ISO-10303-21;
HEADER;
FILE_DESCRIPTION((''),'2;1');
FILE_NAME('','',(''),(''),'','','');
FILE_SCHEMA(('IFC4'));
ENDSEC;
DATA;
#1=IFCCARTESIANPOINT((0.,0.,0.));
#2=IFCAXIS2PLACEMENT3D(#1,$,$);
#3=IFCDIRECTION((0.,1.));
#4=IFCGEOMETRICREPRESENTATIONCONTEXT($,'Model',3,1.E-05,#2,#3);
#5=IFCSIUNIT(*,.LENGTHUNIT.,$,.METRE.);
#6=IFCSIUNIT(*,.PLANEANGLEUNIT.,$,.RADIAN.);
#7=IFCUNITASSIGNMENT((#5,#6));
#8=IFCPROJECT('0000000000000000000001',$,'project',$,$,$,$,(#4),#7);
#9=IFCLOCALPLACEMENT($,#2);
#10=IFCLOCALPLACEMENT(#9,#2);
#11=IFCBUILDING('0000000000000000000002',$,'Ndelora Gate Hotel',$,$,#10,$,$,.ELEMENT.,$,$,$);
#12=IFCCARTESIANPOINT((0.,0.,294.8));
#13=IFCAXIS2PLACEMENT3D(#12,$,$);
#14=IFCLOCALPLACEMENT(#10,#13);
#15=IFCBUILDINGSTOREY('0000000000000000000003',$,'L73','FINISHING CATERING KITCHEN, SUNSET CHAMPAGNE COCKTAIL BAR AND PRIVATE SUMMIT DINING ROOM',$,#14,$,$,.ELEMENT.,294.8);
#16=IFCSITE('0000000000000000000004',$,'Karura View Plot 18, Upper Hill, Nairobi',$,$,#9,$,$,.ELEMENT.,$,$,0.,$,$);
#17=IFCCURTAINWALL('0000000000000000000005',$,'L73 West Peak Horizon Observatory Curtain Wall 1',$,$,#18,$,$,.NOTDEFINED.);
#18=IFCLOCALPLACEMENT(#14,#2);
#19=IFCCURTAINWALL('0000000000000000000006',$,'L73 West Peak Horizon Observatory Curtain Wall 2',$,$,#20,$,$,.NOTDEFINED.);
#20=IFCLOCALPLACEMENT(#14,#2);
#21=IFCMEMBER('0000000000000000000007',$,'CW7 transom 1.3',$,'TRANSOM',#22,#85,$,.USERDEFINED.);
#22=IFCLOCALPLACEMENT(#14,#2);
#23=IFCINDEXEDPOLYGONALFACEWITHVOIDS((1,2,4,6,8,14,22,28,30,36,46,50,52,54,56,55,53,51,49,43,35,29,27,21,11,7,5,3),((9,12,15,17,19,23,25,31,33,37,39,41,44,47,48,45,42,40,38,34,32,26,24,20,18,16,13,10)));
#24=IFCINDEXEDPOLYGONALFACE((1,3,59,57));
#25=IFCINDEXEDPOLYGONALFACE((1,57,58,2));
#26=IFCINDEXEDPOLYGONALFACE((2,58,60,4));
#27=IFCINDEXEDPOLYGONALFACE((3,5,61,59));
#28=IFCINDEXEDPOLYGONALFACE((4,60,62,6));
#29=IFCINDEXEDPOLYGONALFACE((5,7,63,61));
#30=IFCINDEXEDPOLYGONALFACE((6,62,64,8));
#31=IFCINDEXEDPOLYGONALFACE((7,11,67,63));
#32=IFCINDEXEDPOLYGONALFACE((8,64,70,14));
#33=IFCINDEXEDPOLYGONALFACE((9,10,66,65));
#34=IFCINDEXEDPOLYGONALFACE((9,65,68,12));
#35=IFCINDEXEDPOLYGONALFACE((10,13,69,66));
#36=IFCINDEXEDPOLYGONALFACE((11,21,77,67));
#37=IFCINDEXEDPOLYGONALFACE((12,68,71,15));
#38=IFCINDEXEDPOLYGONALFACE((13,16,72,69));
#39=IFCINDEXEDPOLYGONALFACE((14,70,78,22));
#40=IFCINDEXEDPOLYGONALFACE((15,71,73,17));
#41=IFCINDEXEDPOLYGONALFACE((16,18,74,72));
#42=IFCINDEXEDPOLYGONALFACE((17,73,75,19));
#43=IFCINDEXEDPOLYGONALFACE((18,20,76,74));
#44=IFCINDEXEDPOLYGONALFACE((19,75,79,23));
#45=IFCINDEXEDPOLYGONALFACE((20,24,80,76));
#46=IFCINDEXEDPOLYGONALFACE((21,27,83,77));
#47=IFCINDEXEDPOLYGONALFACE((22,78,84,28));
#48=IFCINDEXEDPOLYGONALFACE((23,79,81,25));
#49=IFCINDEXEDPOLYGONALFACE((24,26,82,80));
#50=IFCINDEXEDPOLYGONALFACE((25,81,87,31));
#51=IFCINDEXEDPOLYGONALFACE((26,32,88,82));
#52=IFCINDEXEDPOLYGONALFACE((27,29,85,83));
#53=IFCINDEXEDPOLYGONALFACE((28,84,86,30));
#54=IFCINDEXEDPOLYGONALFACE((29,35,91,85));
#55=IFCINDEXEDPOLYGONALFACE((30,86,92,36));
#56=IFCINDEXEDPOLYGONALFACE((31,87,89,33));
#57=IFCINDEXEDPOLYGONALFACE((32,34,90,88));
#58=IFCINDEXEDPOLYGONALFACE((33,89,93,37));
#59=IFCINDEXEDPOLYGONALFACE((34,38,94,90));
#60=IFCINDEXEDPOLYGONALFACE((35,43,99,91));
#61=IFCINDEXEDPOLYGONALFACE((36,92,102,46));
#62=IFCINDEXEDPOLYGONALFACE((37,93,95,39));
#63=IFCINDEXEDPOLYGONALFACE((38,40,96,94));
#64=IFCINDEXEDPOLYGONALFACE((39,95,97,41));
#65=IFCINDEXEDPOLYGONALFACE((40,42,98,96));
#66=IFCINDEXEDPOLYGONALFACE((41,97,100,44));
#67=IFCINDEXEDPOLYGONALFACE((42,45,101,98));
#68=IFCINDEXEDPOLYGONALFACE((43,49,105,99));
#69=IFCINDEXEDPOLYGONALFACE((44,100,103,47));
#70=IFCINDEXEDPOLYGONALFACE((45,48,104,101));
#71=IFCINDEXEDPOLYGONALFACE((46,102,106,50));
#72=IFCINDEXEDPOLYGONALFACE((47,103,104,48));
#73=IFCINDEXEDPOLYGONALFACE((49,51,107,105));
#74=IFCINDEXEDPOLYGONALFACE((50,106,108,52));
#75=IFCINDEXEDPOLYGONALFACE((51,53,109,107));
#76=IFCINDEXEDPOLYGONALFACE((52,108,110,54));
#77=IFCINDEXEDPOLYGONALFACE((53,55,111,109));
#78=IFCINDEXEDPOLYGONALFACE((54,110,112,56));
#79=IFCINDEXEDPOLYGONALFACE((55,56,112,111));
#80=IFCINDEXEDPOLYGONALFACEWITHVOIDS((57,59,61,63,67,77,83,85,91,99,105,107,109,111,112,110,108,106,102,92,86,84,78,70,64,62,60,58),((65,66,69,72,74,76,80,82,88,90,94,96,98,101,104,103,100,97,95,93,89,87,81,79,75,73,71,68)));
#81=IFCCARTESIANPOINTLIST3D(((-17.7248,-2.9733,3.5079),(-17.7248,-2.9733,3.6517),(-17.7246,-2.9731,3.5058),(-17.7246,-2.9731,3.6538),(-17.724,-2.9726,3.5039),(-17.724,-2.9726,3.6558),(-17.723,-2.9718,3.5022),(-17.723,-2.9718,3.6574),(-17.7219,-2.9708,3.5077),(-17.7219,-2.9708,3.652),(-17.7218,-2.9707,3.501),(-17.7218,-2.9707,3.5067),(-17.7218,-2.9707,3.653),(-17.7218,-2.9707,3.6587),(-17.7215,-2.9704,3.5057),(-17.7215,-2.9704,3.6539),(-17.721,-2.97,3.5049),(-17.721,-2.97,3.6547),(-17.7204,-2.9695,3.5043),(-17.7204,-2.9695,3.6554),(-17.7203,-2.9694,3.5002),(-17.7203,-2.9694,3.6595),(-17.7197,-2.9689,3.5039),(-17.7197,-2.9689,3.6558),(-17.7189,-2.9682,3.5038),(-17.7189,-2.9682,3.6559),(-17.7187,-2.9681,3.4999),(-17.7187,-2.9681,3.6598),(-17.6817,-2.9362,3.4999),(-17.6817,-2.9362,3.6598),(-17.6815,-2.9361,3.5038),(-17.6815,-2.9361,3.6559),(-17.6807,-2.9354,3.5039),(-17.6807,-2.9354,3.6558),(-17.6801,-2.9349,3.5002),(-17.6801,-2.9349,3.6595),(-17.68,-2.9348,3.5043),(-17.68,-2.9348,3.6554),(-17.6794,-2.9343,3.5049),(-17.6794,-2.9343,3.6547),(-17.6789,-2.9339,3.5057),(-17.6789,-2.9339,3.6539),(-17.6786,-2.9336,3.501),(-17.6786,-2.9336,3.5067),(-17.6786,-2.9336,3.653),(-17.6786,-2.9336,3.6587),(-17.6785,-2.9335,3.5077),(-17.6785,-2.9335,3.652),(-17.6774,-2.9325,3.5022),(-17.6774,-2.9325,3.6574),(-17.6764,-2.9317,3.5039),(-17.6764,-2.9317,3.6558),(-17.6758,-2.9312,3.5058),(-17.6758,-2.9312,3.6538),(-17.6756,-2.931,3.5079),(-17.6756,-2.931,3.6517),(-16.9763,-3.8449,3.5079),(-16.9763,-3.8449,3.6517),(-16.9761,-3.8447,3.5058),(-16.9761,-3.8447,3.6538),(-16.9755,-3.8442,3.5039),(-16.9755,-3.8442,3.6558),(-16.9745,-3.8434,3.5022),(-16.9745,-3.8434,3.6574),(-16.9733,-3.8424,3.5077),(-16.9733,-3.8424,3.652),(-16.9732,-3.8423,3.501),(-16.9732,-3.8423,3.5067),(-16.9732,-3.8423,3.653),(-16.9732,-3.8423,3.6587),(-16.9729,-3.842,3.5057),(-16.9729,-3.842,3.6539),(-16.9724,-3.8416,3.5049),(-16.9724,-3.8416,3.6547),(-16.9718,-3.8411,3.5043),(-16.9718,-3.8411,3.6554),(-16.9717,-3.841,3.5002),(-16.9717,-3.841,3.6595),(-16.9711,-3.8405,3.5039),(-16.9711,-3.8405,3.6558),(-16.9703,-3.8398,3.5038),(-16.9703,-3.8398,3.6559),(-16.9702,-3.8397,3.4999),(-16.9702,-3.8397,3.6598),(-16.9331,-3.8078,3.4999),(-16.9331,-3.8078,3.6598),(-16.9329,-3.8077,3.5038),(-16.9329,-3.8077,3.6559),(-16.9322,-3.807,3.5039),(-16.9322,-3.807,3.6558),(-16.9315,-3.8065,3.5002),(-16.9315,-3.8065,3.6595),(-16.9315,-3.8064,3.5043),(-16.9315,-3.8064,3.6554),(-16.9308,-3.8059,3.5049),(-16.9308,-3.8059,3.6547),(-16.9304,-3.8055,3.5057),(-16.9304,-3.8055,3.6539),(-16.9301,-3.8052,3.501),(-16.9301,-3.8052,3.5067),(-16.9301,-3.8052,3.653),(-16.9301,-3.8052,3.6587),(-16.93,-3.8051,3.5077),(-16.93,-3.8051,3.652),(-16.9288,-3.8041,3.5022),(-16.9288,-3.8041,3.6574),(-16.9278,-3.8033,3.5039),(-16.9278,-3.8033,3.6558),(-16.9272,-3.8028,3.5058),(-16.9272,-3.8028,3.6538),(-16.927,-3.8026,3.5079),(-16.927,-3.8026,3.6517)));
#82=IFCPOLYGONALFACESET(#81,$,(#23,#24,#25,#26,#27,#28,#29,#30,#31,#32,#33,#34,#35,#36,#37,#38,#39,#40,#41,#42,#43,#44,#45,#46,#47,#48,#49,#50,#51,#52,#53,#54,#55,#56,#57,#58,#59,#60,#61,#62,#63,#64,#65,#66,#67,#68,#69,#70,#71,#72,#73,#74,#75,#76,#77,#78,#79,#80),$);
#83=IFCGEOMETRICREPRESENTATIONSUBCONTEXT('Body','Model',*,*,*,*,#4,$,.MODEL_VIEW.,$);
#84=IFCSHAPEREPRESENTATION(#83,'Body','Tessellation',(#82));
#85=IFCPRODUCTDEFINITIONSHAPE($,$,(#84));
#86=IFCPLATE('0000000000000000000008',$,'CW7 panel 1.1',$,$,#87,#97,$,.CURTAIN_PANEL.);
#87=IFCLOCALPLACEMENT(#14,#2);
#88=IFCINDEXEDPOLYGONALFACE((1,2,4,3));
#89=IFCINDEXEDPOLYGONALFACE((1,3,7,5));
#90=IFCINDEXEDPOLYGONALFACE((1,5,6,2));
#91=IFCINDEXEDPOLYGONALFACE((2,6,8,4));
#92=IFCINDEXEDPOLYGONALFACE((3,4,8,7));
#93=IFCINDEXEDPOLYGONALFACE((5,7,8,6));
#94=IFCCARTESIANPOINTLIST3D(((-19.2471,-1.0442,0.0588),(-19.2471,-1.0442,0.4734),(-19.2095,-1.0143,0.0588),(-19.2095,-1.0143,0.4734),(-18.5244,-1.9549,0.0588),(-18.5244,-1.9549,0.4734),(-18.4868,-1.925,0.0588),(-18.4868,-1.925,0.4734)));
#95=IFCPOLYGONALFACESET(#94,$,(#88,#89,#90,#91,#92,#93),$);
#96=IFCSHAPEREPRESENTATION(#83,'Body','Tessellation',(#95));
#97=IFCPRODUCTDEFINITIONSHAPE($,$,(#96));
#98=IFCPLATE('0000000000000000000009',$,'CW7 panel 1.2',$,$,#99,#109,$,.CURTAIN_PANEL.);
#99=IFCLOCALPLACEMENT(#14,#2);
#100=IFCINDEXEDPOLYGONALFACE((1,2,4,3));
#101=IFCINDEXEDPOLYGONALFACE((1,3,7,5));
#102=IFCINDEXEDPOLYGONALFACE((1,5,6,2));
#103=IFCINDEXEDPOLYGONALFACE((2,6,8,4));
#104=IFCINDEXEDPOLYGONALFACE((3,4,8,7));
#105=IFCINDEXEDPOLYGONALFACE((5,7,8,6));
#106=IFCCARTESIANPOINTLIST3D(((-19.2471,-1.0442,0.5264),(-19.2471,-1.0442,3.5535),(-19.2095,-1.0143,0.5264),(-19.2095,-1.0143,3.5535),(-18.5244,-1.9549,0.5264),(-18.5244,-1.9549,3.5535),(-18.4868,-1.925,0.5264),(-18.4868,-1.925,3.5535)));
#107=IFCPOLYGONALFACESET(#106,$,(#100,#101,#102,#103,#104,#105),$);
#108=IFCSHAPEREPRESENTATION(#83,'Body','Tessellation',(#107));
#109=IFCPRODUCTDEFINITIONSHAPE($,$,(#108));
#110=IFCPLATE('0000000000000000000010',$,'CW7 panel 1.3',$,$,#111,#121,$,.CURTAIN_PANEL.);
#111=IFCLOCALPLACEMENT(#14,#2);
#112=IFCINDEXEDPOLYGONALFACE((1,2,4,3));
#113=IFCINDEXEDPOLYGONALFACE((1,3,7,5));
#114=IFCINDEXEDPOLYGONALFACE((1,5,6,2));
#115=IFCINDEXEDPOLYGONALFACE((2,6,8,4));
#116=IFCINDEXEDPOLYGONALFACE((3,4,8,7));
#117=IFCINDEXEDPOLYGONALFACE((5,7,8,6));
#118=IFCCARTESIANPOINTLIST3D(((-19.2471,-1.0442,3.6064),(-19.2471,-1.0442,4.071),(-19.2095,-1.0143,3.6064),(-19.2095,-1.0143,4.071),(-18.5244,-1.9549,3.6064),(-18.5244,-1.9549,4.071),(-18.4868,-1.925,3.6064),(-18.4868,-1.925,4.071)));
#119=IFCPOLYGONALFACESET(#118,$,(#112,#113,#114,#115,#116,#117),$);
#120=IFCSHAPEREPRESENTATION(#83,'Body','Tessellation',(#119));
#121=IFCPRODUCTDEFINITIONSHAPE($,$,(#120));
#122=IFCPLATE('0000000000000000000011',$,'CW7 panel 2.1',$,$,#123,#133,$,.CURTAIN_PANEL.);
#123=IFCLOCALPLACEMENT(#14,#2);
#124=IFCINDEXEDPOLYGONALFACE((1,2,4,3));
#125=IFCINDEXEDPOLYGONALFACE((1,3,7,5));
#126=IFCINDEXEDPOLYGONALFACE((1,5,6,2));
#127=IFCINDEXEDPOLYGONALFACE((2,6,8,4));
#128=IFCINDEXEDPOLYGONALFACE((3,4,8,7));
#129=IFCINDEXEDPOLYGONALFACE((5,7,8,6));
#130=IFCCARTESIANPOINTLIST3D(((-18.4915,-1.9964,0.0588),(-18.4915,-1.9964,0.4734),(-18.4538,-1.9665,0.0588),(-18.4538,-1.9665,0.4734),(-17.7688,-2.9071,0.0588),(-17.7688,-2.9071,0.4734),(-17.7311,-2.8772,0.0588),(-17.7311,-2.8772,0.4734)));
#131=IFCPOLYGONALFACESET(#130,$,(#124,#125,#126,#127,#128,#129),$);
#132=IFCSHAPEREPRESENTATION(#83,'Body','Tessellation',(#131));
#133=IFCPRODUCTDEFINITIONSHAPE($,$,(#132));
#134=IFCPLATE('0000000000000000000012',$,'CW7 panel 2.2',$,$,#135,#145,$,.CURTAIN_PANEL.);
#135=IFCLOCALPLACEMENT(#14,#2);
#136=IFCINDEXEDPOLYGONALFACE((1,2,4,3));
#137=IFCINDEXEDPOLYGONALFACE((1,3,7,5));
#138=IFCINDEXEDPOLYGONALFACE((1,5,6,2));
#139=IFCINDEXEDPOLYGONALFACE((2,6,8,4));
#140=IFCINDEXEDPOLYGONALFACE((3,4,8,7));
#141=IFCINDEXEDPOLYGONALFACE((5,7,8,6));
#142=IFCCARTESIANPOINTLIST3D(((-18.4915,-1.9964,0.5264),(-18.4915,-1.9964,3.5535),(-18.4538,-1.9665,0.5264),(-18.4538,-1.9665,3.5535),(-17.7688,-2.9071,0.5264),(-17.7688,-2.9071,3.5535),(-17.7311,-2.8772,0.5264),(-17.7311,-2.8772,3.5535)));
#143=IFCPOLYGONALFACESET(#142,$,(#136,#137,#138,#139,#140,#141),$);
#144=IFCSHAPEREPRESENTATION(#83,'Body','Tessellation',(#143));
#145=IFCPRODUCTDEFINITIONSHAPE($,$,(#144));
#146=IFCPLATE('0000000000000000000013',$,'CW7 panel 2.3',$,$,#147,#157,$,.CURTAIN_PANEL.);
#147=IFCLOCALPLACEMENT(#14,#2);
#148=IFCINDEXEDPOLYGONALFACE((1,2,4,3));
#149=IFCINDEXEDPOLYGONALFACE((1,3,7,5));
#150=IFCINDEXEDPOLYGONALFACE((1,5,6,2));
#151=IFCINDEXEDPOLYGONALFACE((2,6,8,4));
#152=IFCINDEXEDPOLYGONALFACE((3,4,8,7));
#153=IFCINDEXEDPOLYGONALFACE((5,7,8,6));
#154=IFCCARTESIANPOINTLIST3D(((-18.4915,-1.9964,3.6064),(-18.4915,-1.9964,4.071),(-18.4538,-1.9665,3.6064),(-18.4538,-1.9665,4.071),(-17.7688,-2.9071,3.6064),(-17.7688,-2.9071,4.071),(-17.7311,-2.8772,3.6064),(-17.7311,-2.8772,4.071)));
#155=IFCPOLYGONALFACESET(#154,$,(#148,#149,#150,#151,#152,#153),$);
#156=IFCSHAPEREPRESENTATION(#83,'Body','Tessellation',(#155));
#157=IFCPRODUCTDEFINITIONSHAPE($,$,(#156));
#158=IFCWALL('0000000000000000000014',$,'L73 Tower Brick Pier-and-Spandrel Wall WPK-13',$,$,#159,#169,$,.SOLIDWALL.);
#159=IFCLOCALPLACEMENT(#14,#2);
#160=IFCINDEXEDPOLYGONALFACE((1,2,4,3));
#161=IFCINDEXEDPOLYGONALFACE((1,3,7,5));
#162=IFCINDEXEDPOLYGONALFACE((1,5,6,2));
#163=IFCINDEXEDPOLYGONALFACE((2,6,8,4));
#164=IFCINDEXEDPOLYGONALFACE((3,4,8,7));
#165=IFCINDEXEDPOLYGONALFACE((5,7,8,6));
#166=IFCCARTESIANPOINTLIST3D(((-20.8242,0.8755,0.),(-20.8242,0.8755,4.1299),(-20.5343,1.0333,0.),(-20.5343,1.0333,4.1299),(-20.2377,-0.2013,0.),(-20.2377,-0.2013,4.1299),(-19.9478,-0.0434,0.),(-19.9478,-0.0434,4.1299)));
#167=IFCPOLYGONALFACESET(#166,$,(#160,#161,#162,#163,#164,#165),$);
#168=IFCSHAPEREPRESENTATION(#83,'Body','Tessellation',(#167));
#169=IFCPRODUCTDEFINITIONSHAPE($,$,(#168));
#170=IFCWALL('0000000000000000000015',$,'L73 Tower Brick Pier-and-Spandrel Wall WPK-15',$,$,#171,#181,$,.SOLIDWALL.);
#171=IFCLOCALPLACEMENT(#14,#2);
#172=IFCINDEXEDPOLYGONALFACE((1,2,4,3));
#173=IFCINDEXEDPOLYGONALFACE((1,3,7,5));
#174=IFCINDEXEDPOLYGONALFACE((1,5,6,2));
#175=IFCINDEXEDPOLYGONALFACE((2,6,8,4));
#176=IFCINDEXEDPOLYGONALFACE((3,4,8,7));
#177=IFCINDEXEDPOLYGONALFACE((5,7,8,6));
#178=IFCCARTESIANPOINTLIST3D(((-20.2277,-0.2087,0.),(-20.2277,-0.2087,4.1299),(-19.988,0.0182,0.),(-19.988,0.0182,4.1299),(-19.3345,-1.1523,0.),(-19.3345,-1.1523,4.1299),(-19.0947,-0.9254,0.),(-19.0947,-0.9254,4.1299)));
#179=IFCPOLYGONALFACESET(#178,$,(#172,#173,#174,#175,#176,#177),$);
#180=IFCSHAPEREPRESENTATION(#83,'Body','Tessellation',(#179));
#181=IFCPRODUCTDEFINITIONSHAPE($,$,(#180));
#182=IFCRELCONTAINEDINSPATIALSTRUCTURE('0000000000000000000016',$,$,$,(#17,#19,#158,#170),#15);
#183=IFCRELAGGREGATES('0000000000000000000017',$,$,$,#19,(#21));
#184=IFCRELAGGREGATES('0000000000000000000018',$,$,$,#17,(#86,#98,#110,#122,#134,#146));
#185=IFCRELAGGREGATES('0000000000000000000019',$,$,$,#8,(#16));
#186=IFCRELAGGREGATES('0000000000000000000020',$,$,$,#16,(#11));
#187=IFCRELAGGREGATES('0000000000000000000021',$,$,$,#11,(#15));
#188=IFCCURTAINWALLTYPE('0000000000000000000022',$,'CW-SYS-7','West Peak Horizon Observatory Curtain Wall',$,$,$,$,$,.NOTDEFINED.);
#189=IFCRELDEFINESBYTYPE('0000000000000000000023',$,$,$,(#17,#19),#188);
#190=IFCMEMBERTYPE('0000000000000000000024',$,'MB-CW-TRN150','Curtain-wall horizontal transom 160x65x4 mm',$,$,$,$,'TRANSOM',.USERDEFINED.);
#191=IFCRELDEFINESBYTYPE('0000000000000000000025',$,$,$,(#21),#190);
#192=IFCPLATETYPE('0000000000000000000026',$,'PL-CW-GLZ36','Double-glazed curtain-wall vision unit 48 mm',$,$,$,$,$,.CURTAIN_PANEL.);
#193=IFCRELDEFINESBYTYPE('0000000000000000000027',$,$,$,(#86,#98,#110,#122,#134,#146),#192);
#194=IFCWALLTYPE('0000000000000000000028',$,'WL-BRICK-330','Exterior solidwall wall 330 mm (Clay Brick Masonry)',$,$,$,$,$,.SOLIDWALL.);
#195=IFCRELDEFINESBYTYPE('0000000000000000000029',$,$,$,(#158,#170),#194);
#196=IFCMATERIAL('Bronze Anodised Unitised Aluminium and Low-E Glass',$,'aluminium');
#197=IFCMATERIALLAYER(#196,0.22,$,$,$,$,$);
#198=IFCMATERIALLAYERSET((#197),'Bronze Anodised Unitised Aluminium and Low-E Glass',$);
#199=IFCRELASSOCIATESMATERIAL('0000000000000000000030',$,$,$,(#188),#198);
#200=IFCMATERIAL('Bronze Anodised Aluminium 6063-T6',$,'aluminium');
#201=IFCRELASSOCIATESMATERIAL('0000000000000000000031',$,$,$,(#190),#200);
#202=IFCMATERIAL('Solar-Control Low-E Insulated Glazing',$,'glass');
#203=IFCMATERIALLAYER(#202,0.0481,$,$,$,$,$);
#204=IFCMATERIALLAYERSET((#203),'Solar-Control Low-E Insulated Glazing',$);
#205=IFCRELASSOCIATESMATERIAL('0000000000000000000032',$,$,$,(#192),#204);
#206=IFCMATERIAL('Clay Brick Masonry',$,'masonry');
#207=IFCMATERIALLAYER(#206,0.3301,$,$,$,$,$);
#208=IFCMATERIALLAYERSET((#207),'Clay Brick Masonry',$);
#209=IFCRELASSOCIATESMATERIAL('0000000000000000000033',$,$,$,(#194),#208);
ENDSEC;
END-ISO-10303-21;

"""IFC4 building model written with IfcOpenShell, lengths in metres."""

from ifc_helpers import new_model, si_unit, direction, frame, frame_2d, origin, origin_2d, place, context, subcontext, project, spatial, rectangle, hollow_rectangle, extrude, material, layer, layer_set, material_profile, profile_set, type_object, element, aggregate, save


model = new_model("IFC4")

# Units and contexts
model_context = context("Model", 3, precision=1e-05, world=origin(), true_north=direction((0.0, 1.0)))
body_context = subcontext(model_context, "Body", "Model", "MODEL_VIEW")
ifc_project = project(units=[si_unit("LENGTHUNIT", "METRE"), si_unit("PLANEANGLEUNIT", "RADIAN")], contexts=[model_context])

# Site, building, storey
site_placement = place(None, origin())
site = spatial("IfcSite", under=ifc_project, at=site_placement, Name="Karura View Plot 18, Upper Hill, Nairobi", CompositionType="ELEMENT", RefElevation=0.0)
building_placement = place(site_placement, origin())
building = spatial("IfcBuilding", under=site, at=building_placement, Name="Ndelora Gate Hotel", CompositionType="ELEMENT")
storey_placement = place(building_placement, frame((0.0, 0.0, 294.8)))
storey = spatial("IfcBuildingStorey", under=building, at=storey_placement, Name="L73", Description="FINISHING CATERING KITCHEN, SUNSET CHAMPAGNE COCKTAIL BAR AND PRIVATE SUMMIT DINING ROOM", CompositionType="ELEMENT", Elevation=294.8)

# Curtain wall
ifc_material_1 = material(Name="Bronze Anodised Unitised Aluminium and Low-E Glass", Category="aluminium")
ifc_layer_1 = layer(ifc_material_1, 0.22)
ifc_layer_set_1 = layer_set([ifc_layer_1], Name="Bronze Anodised Unitised Aluminium and Low-E Glass")
curtain_wall_type = type_object("IfcCurtainWallType", Name="CW-SYS-7", Description="West Peak Horizon Observatory Curtain Wall", PredefinedType="NOTDEFINED", material=ifc_layer_set_1)
curtain_wall_1_placement = place(storey_placement, origin())
curtain_wall_1 = element("IfcCurtainWall", 1, at=curtain_wall_1_placement, inside=storey, type_object=curtain_wall_type, Name="L73 West Peak Horizon Observatory Curtain Wall 1", PredefinedType="NOTDEFINED")
ifc_material_2 = material(Name="Bronze Anodised Aluminium 6063-T6", Category="aluminium")

# Curtain wall
curtain_wall_2_placement = place(storey_placement, origin())
curtain_wall_2 = element("IfcCurtainWall", 2, at=curtain_wall_2_placement, inside=storey, type_object=curtain_wall_type, Name="L73 West Peak Horizon Observatory Curtain Wall 2", PredefinedType="NOTDEFINED")

# Member
ifc_material_profile_1 = material_profile(ifc_material_2, hollow_rectangle(XDim=0.0649, YDim=0.1599, WallThickness=0.0039, InnerFilletRadius=0.0039, OuterFilletRadius=0.0081, at=origin_2d()), Name="ALU 160x65x4")
ifc_profile_set_1 = profile_set([ifc_material_profile_1], Name="Bronze Anodised Aluminium 6063-T6")
member_type_1 = type_object("IfcMemberType", Name="MB-CW-TRN150", Description="Curtain-wall horizontal transom 160x65x4 mm", ElementType="TRANSOM", PredefinedType="USERDEFINED", material=ifc_profile_set_1)
member_1_placement = place(storey_placement, frame((-17.7002, -2.9521, 3.5798), z_axis=(0.651526, -0.758626, 0.0), x_axis=(0.758626, 0.651526, 0.0)))
member_1 = element("IfcMember", 3, at=member_1_placement, type_object=member_type_1, Name="CW7 transom 1.3", ObjectType="TRANSOM", PredefinedType="USERDEFINED", context=body_context, shape_type="SweptSolid", body=[
    extrude(hollow_rectangle(XDim=0.0649, YDim=0.1599, WallThickness=0.0039, InnerFilletRadius=0.0039, OuterFilletRadius=0.0081, at=origin_2d()), origin(), (0.0, 0.0, 1.0), 1.1489),
])
aggregate(curtain_wall_2, [member_1])

# Plates
ifc_material_3 = material(Name="Solar-Control Low-E Insulated Glazing", Category="glass")
ifc_layer_2 = layer(ifc_material_3, 0.0481)
ifc_layer_set_2 = layer_set([ifc_layer_2], Name="Solar-Control Low-E Insulated Glazing")
plate_type = type_object("IfcPlateType", Name="PL-CW-GLZ36", Description="Double-glazed curtain-wall vision unit 48 mm", PredefinedType="CURTAIN_PANEL", material=ifc_layer_set_2)
plate_1_placement = place(storey_placement, frame((-18.8669, -1.4846, 0.0588), z_axis=(0.0, 0.0, 1.0), x_axis=(0.621622, -0.783317, 0.0)))
plate_1 = element("IfcPlate", 4, at=plate_1_placement, type_object=plate_type, Name="CW7 panel 1.1", PredefinedType="CURTAIN_PANEL", context=body_context, shape_type="SweptSolid", body=[
    extrude(rectangle(XDim=1.1626, YDim=0.0481, at=origin_2d()), origin(), (0.0, 0.0, 1.0), 0.4146),
])
plate_2_placement = place(storey_placement, frame((-18.8669, -1.4846, 0.5264), z_axis=(0.0, 0.0, 1.0), x_axis=(0.621622, -0.783317, 0.0)))
plate_2 = element("IfcPlate", 5, at=plate_2_placement, type_object=plate_type, Name="CW7 panel 1.2", PredefinedType="CURTAIN_PANEL", context=body_context, shape_type="SweptSolid", body=[
    extrude(rectangle(XDim=1.1626, YDim=0.0481, at=origin_2d()), origin(), (0.0, 0.0, 1.0), 3.0271),
])
plate_3_placement = place(storey_placement, frame((-18.8669, -1.4846, 3.6064), z_axis=(0.0, 0.0, 1.0), x_axis=(0.621622, -0.783317, 0.0)))
plate_3 = element("IfcPlate", 6, at=plate_3_placement, type_object=plate_type, Name="CW7 panel 1.3", PredefinedType="CURTAIN_PANEL", context=body_context, shape_type="SweptSolid", body=[
    extrude(rectangle(XDim=1.1626, YDim=0.0481, at=origin_2d()), origin(), (0.0, 0.0, 1.0), 0.4646),
])
plate_4_placement = place(storey_placement, frame((-18.1113, -2.4368, 0.0588), z_axis=(0.0, 0.0, 1.0), x_axis=(0.621622, -0.783317, 0.0)))
plate_4 = element("IfcPlate", 7, at=plate_4_placement, type_object=plate_type, Name="CW7 panel 2.1", PredefinedType="CURTAIN_PANEL", context=body_context, shape_type="SweptSolid", body=[
    extrude(rectangle(XDim=1.1626, YDim=0.0481, at=origin_2d()), origin(), (0.0, 0.0, 1.0), 0.4146),
])
plate_5_placement = place(storey_placement, frame((-18.1113, -2.4368, 0.5264), z_axis=(0.0, 0.0, 1.0), x_axis=(0.621622, -0.783317, 0.0)))
plate_5 = element("IfcPlate", 8, at=plate_5_placement, type_object=plate_type, Name="CW7 panel 2.2", PredefinedType="CURTAIN_PANEL", context=body_context, shape_type="SweptSolid", body=[
    extrude(rectangle(XDim=1.1626, YDim=0.0481, at=origin_2d()), origin(), (0.0, 0.0, 1.0), 3.0271),
])
plate_6_placement = place(storey_placement, frame((-18.1113, -2.4368, 3.6064), z_axis=(0.0, 0.0, 1.0), x_axis=(0.621622, -0.783317, 0.0)))
plate_6 = element("IfcPlate", 9, at=plate_6_placement, type_object=plate_type, Name="CW7 panel 2.3", PredefinedType="CURTAIN_PANEL", context=body_context, shape_type="SweptSolid", body=[
    extrude(rectangle(XDim=1.1626, YDim=0.0481, at=origin_2d()), origin(), (0.0, 0.0, 1.0), 0.4646),
])
aggregate(curtain_wall_1, [plate_1, plate_2, plate_3, plate_4, plate_5, plate_6])

# Walls
ifc_material_4 = material(Name="Clay Brick Masonry", Category="masonry")
ifc_layer_3 = layer(ifc_material_4, 0.3301)
ifc_layer_set_3 = layer_set([ifc_layer_3], Name="Clay Brick Masonry")
wall_type = type_object("IfcWallType", Name="WL-BRICK-330", Description="Exterior solidwall wall 330 mm (Clay Brick Masonry)", PredefinedType="SOLIDWALL", material=ifc_layer_set_3)
wall_1_placement = place(storey_placement, frame((-20.0928, -0.1223, 0.0), z_axis=(0.0, 0.0, 1.0), x_axis=(-0.478322, 0.878185, 0.0)))
element("IfcWall", 10, at=wall_1_placement, inside=storey, type_object=wall_type, Name="L73 Tower Brick Pier-and-Spandrel Wall WPK-13", PredefinedType="SOLIDWALL", context=body_context, shape_type="SweptSolid", body=[
    extrude(rectangle(XDim=1.2261, YDim=0.3301, at=frame_2d((0.613, 0.0))), origin(), (0.0, 0.0, 1.0), 4.1299),
])
wall_2_placement = place(storey_placement, frame((-19.2146, -1.0388, 0.0), z_axis=(0.0, 0.0, 1.0), x_axis=(-0.687489, 0.726195, 0.0)))
element("IfcWall", 11, at=wall_2_placement, inside=storey, type_object=wall_type, Name="L73 Tower Brick Pier-and-Spandrel Wall WPK-15", PredefinedType="SOLIDWALL", context=body_context, shape_type="SweptSolid", body=[
    extrude(rectangle(XDim=1.2993, YDim=0.3301, at=frame_2d((0.6497, 0.0))), origin(), (0.0, 0.0, 1.0), 4.1299),
])

save(model, "model.ifc")
